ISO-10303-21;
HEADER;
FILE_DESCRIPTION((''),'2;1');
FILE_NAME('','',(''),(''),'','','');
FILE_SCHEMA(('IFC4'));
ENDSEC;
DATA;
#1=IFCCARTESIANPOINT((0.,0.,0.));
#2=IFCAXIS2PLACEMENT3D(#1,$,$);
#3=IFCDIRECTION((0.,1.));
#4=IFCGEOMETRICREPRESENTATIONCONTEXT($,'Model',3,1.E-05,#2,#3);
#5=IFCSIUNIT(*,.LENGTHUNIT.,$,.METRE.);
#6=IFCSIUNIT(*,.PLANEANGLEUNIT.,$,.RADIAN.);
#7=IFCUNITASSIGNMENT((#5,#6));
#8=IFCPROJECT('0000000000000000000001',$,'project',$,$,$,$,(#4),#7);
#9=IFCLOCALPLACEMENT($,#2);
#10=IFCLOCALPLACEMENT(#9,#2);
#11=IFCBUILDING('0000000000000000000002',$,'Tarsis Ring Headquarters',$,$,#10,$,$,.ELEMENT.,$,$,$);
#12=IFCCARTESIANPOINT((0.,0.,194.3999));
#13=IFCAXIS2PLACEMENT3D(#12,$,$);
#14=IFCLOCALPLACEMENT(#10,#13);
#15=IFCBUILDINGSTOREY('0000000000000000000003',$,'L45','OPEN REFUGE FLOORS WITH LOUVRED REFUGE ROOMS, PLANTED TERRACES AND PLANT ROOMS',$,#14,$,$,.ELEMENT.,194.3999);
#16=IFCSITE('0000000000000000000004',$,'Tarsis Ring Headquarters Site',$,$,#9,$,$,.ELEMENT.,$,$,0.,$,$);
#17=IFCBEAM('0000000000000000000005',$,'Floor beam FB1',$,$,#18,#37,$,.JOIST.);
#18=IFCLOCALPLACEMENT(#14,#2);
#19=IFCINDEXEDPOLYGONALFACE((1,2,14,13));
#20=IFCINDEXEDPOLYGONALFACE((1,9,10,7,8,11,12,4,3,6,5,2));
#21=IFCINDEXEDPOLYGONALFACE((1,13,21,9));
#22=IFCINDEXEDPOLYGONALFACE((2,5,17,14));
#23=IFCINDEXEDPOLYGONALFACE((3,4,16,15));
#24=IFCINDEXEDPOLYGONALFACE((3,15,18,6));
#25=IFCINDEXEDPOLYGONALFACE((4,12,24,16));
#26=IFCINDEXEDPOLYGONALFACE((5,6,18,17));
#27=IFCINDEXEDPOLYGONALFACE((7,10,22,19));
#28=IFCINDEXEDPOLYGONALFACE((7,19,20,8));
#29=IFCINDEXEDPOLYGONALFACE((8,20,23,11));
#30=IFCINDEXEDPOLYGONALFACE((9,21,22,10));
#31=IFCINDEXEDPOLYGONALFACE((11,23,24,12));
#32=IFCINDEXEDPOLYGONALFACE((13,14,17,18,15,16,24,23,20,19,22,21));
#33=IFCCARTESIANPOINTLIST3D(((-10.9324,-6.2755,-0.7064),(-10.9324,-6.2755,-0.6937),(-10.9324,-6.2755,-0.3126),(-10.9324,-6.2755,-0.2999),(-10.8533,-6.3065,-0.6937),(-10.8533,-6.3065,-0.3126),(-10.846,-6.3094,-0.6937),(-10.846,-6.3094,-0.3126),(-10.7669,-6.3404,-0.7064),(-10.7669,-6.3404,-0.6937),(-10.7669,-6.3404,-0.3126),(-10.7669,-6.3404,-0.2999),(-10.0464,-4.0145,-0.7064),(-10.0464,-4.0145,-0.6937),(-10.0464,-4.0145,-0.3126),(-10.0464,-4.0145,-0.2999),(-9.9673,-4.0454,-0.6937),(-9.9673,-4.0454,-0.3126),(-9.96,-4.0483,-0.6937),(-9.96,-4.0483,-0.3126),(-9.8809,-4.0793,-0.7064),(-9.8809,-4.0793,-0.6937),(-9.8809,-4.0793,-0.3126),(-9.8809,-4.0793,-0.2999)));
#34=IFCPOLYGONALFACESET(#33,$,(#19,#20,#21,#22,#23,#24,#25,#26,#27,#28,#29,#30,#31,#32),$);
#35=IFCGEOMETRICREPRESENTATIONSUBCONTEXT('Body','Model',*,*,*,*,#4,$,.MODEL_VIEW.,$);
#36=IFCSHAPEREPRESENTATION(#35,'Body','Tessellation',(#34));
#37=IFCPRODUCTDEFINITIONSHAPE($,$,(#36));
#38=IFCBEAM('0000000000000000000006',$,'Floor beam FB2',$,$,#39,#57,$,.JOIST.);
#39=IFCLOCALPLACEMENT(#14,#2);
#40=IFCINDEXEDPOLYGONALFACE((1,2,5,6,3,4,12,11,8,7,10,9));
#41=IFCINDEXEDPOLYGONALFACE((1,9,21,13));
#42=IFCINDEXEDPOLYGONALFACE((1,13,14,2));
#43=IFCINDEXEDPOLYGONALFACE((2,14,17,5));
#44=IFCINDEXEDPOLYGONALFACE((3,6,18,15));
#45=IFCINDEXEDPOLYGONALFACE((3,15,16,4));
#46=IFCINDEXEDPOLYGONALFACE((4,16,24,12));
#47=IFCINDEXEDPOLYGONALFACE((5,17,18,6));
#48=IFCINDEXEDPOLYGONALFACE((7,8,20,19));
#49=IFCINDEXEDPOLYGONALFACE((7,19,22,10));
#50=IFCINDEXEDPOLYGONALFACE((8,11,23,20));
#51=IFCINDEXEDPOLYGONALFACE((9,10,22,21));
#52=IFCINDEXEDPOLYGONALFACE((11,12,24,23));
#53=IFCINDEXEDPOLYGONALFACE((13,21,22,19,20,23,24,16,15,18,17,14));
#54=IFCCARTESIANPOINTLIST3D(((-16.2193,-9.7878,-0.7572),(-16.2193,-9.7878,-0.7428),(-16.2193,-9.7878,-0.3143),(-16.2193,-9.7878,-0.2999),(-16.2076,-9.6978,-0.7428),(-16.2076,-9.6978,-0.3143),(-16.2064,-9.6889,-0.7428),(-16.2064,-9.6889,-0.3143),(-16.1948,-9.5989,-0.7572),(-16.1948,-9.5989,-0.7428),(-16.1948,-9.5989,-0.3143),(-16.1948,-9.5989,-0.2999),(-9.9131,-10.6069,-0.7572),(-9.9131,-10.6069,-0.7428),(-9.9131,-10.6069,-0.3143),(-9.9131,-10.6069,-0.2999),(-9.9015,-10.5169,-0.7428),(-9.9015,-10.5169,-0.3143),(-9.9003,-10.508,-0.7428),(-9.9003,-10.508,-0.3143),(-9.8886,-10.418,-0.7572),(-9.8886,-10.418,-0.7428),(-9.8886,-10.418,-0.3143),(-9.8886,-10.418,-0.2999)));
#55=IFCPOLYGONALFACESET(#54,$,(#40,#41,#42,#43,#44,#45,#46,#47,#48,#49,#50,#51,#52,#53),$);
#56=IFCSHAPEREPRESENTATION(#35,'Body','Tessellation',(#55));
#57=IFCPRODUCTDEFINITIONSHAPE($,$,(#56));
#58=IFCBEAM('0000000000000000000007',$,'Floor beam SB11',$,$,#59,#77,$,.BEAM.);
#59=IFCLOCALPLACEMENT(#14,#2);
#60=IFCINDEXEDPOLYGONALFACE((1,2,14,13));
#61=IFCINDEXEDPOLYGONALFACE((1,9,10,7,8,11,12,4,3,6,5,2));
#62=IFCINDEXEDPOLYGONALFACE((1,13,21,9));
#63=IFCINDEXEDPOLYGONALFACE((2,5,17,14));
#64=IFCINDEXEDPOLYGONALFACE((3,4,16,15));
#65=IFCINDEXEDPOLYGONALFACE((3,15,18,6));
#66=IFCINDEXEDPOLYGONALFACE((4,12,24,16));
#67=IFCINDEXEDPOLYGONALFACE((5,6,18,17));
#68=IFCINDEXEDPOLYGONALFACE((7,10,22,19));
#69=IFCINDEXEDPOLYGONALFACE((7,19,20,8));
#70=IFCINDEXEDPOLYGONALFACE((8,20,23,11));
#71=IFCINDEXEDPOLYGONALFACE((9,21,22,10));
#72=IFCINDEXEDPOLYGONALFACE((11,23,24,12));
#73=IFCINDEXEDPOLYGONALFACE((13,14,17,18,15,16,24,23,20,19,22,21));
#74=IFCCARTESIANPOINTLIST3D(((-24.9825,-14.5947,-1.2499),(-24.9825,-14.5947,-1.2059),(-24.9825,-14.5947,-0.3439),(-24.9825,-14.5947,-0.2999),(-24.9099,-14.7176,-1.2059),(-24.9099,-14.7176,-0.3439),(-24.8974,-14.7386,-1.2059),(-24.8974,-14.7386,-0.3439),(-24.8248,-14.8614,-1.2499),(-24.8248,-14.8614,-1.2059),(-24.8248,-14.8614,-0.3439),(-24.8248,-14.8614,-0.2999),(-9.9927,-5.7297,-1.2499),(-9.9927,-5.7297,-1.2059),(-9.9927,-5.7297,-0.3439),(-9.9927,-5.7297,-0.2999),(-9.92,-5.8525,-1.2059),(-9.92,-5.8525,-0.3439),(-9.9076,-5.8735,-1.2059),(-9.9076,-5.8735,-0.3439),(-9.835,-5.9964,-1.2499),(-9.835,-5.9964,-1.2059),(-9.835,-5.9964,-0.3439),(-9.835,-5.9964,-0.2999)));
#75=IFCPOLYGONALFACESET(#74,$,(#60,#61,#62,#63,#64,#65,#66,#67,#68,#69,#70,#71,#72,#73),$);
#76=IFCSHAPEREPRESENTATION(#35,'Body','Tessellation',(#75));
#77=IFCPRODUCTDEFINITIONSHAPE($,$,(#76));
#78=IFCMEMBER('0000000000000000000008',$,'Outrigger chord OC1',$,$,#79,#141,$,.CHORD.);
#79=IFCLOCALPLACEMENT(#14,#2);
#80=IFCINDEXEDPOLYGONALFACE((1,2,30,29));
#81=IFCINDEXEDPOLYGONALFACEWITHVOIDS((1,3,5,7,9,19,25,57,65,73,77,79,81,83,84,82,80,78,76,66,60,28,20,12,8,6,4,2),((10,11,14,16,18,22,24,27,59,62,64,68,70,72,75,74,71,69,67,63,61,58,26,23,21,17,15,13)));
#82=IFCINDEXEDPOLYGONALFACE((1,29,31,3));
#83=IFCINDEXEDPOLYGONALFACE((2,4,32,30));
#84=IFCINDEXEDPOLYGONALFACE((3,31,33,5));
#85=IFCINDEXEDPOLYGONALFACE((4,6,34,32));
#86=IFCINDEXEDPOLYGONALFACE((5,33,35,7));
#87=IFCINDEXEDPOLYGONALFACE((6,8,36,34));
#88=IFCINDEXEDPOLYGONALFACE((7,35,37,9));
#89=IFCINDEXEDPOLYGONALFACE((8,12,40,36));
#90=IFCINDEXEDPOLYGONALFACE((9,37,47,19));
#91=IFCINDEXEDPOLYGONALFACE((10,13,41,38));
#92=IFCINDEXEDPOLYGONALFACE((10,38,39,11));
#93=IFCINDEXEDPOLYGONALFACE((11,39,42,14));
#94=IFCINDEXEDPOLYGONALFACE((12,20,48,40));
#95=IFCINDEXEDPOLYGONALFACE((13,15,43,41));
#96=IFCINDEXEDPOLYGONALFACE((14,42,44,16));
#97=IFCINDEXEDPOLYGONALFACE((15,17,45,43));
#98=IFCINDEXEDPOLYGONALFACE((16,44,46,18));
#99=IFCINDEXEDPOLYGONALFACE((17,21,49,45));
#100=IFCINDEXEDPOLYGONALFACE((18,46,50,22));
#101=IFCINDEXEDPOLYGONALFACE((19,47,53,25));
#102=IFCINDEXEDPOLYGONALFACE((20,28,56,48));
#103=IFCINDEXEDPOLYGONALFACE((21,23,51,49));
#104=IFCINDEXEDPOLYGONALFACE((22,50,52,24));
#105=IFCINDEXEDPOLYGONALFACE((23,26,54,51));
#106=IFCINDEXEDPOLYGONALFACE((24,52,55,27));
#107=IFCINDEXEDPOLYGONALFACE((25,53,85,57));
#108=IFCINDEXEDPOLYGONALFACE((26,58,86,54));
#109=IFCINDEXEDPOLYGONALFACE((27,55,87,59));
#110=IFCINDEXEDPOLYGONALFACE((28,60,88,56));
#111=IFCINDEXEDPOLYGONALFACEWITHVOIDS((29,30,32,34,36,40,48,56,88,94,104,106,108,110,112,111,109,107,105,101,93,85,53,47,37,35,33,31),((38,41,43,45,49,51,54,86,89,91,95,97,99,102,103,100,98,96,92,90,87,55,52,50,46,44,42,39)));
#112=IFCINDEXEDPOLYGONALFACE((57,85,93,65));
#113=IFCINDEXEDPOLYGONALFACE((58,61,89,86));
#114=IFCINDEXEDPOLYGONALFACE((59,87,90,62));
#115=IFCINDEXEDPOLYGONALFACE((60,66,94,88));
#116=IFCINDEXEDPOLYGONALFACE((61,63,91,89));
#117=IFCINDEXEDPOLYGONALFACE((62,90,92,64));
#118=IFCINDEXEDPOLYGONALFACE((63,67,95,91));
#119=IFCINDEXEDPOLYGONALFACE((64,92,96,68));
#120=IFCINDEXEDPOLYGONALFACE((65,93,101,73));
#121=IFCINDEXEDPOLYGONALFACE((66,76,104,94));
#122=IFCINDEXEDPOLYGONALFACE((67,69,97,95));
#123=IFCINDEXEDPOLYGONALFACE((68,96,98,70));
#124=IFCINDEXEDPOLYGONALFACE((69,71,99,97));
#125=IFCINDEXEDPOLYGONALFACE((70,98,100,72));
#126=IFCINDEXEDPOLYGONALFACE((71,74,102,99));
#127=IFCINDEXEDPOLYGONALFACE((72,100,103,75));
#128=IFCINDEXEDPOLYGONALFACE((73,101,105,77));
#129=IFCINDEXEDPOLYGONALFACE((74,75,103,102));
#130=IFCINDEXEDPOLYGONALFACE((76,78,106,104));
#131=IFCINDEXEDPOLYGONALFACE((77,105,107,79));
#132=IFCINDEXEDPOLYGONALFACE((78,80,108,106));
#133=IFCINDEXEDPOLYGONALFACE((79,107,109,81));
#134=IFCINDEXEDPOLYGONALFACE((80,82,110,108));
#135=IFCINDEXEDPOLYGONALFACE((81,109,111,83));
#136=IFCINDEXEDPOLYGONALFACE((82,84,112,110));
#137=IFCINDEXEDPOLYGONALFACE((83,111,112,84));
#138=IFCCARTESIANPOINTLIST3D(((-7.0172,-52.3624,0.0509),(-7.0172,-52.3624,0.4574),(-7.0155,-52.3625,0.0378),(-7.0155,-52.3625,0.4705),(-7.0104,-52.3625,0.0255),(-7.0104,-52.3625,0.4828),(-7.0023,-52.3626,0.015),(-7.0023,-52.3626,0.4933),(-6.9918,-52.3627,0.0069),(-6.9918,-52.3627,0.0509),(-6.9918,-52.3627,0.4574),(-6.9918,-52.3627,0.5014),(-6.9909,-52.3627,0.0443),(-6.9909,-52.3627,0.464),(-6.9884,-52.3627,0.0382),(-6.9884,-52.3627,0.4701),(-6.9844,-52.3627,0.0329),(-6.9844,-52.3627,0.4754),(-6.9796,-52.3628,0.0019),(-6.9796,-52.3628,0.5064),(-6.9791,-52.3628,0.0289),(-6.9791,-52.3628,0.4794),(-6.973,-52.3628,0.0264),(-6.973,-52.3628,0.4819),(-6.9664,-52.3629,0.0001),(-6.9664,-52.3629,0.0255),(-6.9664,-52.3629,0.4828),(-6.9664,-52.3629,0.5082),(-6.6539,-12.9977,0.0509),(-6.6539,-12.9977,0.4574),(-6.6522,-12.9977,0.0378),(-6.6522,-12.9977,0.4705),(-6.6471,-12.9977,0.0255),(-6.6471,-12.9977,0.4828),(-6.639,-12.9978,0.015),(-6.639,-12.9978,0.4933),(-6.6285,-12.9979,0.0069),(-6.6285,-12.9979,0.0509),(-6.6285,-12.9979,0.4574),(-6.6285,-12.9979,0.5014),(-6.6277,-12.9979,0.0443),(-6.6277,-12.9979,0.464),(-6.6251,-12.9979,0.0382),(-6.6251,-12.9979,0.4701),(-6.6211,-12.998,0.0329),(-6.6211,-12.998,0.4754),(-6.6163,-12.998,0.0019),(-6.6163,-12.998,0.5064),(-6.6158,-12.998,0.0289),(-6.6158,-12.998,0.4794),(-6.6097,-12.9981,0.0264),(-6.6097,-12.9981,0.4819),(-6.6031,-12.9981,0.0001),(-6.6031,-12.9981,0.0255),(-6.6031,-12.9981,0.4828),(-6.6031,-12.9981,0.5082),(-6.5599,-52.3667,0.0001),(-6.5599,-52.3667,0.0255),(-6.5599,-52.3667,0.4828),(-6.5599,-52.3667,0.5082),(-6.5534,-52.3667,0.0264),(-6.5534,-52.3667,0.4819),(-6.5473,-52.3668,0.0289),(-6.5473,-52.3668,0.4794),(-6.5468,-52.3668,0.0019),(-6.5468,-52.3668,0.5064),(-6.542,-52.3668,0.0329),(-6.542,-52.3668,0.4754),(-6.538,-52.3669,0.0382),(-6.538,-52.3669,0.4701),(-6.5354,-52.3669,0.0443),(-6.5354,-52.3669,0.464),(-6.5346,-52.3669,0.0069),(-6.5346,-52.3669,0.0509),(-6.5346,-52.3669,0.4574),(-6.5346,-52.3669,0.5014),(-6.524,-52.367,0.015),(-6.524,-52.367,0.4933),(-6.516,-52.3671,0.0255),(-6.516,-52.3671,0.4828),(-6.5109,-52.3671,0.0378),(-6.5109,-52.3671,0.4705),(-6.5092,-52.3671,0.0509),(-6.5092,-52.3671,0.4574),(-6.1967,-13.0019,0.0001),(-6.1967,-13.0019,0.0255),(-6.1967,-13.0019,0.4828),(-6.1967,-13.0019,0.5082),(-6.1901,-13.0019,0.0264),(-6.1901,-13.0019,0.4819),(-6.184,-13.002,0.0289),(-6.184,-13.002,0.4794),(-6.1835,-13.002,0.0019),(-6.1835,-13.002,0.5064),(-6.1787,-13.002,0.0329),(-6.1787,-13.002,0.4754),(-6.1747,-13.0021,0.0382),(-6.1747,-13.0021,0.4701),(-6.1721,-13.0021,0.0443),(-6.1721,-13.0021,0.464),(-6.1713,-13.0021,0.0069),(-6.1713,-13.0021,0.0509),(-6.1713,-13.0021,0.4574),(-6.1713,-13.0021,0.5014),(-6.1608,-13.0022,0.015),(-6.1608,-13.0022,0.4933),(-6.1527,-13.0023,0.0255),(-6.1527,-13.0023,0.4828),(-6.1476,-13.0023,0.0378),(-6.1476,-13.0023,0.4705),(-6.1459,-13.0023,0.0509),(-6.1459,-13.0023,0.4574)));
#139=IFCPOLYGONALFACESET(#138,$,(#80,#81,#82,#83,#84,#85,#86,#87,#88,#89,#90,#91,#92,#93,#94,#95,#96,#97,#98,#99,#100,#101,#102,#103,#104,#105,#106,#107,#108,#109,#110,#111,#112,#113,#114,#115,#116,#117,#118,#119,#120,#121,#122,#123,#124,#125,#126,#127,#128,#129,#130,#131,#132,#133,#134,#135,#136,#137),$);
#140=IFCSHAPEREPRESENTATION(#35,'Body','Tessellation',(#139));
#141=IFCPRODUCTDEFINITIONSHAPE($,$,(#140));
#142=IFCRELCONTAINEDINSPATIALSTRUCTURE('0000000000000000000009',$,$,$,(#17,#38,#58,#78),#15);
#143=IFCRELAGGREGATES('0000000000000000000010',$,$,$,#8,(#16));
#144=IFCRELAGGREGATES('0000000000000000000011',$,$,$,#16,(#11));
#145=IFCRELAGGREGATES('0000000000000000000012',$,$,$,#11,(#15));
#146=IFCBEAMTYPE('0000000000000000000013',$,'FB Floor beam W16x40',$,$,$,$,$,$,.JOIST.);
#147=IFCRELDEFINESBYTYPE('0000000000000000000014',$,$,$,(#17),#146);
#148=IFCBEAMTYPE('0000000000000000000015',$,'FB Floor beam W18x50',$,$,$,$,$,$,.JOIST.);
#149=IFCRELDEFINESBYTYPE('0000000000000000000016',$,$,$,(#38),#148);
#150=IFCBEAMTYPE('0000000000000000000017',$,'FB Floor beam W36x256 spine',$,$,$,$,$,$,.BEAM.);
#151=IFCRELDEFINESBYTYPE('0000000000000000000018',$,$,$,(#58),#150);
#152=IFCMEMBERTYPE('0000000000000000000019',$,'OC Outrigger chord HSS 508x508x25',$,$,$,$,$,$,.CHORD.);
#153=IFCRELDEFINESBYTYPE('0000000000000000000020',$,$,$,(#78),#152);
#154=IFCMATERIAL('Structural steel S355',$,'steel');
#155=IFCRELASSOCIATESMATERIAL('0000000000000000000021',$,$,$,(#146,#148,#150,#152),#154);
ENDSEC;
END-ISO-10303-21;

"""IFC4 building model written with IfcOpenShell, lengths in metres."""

from ifc_helpers import new_model, si_unit, direction, frame, origin, origin_2d, place, context, subcontext, project, spatial, hollow_rectangle, i_section, extrude, material, material_profile, profile_set, type_object, element, save


model = new_model("IFC4")

# Units and contexts
model_context = context("Model", 3, precision=1e-05, world=origin(), true_north=direction((0.0, 1.0)))
body_context = subcontext(model_context, "Body", "Model", "MODEL_VIEW")
ifc_project = project(units=[si_unit("LENGTHUNIT", "METRE"), si_unit("PLANEANGLEUNIT", "RADIAN")], contexts=[model_context])

# Site, building, storey
site_placement = place(None, origin())
site = spatial("IfcSite", under=ifc_project, at=site_placement, Name="Tarsis Ring Headquarters Site", CompositionType="ELEMENT", RefElevation=0.0)
building_placement = place(site_placement, origin())
building = spatial("IfcBuilding", under=site, at=building_placement, Name="Tarsis Ring Headquarters", CompositionType="ELEMENT")
storey_placement = place(building_placement, frame((0.0, 0.0, 194.3999)))
storey = spatial("IfcBuildingStorey", under=building, at=storey_placement, Name="L45", Description="OPEN REFUGE FLOORS WITH LOUVRED REFUGE ROOMS, PLANTED TERRACES AND PLANT ROOMS", CompositionType="ELEMENT", Elevation=194.3999)

# Beams
ifc_material_1 = material(Name="Structural steel S355", Category="steel")
ifc_material_profile_1 = material_profile(ifc_material_1, i_section(OverallWidth=0.1777, OverallDepth=0.4065, WebThickness=0.0078, FlangeThickness=0.0127, at=origin_2d()), Name="W16x40")
ifc_profile_set_1 = profile_set([ifc_material_profile_1], Name="Structural steel S355")
beam_type_1 = type_object("IfcBeamType", Name="FB Floor beam W16x40", PredefinedType="JOIST", material=ifc_profile_set_1)
beam_1_placement = place(storey_placement, frame((-9.9636, -4.0469, -0.5032), z_axis=(-0.364847, -0.931068, 0.0), x_axis=(0.931068, -0.364847, 0.0)))
element("IfcBeam", 1, at=beam_1_placement, inside=storey, type_object=beam_type_1, Name="Floor beam FB1", PredefinedType="JOIST", context=body_context, shape_type="SweptSolid", body=[
    extrude(i_section(OverallWidth=0.1777, OverallDepth=0.4065, WebThickness=0.0078, FlangeThickness=0.0127, at=origin_2d()), origin(), (0.0, 0.0, 1.0), 2.4285),
])
ifc_material_profile_2 = material_profile(ifc_material_1, i_section(OverallWidth=0.1904, OverallDepth=0.4573, WebThickness=0.009, FlangeThickness=0.0144, at=origin_2d()), Name="W18x50")
ifc_profile_set_2 = profile_set([ifc_material_profile_2], Name="Structural steel S355")
beam_type_2 = type_object("IfcBeamType", Name="FB Floor beam W18x50", PredefinedType="JOIST", material=ifc_profile_set_2)
beam_2_placement = place(storey_placement, frame((-16.207, -9.6934, -0.5286), z_axis=(0.99167, -0.128806, 0.0), x_axis=(0.128806, 0.99167, 0.0)))
element("IfcBeam", 2, at=beam_2_placement, inside=storey, type_object=beam_type_2, Name="Floor beam FB2", PredefinedType="JOIST", context=body_context, shape_type="SweptSolid", body=[
    extrude(i_section(OverallWidth=0.1904, OverallDepth=0.4573, WebThickness=0.009, FlangeThickness=0.0144, at=origin_2d()), origin(), (0.0, 0.0, 1.0), 6.3591),
])
ifc_material_profile_3 = material_profile(ifc_material_1, i_section(OverallWidth=0.3098, OverallDepth=0.95, WebThickness=0.0244, FlangeThickness=0.0439, at=origin_2d()), Name="W36x256")
ifc_profile_set_3 = profile_set([ifc_material_profile_3], Name="Structural steel S355")
beam_type_3 = type_object("IfcBeamType", Name="FB Floor beam W36x256 spine", PredefinedType="BEAM", material=ifc_profile_set_3)
beam_3_placement = place(storey_placement, frame((-9.9138, -5.863, -0.7749), z_axis=(-0.86074, -0.509045, 0.0), x_axis=(0.509045, -0.86074, 0.0)))
element("IfcBeam", 3, at=beam_3_placement, inside=storey, type_object=beam_type_3, Name="Floor beam SB11", PredefinedType="BEAM", context=body_context, shape_type="SweptSolid", body=[
    extrude(i_section(OverallWidth=0.3098, OverallDepth=0.95, WebThickness=0.0244, FlangeThickness=0.0439, at=origin_2d()), origin(), (0.0, 0.0, 1.0), 17.415),
])

# Member
ifc_material_profile_4 = material_profile(ifc_material_1, hollow_rectangle(XDim=0.5081, YDim=0.5081, WallThickness=0.0254, InnerFilletRadius=0.0254, OuterFilletRadius=0.0508, at=origin_2d()), Name="HSS 508x508x25")
ifc_profile_set_4 = profile_set([ifc_material_profile_4], Name="Structural steel S355")
member_type_1 = type_object("IfcMemberType", Name="OC Outrigger chord HSS 508x508x25", PredefinedType="CHORD", material=ifc_profile_set_4)
member_1_placement = place(storey_placement, frame((-6.3999, -13.0, 0.2542), z_axis=(-0.009228, -0.999957, 0.0), x_axis=(0.999957, -0.009228, 0.0)))
element("IfcMember", 4, at=member_1_placement, inside=storey, type_object=member_type_1, Name="Outrigger chord OC1", PredefinedType="CHORD", context=body_context, shape_type="SweptSolid", body=[
    extrude(hollow_rectangle(XDim=0.5081, YDim=0.5081, WallThickness=0.0254, InnerFilletRadius=0.0254, OuterFilletRadius=0.0508, at=origin_2d()), origin(), (0.0, 0.0, 1.0), 39.3665),
])

save(model, "model.ifc")
